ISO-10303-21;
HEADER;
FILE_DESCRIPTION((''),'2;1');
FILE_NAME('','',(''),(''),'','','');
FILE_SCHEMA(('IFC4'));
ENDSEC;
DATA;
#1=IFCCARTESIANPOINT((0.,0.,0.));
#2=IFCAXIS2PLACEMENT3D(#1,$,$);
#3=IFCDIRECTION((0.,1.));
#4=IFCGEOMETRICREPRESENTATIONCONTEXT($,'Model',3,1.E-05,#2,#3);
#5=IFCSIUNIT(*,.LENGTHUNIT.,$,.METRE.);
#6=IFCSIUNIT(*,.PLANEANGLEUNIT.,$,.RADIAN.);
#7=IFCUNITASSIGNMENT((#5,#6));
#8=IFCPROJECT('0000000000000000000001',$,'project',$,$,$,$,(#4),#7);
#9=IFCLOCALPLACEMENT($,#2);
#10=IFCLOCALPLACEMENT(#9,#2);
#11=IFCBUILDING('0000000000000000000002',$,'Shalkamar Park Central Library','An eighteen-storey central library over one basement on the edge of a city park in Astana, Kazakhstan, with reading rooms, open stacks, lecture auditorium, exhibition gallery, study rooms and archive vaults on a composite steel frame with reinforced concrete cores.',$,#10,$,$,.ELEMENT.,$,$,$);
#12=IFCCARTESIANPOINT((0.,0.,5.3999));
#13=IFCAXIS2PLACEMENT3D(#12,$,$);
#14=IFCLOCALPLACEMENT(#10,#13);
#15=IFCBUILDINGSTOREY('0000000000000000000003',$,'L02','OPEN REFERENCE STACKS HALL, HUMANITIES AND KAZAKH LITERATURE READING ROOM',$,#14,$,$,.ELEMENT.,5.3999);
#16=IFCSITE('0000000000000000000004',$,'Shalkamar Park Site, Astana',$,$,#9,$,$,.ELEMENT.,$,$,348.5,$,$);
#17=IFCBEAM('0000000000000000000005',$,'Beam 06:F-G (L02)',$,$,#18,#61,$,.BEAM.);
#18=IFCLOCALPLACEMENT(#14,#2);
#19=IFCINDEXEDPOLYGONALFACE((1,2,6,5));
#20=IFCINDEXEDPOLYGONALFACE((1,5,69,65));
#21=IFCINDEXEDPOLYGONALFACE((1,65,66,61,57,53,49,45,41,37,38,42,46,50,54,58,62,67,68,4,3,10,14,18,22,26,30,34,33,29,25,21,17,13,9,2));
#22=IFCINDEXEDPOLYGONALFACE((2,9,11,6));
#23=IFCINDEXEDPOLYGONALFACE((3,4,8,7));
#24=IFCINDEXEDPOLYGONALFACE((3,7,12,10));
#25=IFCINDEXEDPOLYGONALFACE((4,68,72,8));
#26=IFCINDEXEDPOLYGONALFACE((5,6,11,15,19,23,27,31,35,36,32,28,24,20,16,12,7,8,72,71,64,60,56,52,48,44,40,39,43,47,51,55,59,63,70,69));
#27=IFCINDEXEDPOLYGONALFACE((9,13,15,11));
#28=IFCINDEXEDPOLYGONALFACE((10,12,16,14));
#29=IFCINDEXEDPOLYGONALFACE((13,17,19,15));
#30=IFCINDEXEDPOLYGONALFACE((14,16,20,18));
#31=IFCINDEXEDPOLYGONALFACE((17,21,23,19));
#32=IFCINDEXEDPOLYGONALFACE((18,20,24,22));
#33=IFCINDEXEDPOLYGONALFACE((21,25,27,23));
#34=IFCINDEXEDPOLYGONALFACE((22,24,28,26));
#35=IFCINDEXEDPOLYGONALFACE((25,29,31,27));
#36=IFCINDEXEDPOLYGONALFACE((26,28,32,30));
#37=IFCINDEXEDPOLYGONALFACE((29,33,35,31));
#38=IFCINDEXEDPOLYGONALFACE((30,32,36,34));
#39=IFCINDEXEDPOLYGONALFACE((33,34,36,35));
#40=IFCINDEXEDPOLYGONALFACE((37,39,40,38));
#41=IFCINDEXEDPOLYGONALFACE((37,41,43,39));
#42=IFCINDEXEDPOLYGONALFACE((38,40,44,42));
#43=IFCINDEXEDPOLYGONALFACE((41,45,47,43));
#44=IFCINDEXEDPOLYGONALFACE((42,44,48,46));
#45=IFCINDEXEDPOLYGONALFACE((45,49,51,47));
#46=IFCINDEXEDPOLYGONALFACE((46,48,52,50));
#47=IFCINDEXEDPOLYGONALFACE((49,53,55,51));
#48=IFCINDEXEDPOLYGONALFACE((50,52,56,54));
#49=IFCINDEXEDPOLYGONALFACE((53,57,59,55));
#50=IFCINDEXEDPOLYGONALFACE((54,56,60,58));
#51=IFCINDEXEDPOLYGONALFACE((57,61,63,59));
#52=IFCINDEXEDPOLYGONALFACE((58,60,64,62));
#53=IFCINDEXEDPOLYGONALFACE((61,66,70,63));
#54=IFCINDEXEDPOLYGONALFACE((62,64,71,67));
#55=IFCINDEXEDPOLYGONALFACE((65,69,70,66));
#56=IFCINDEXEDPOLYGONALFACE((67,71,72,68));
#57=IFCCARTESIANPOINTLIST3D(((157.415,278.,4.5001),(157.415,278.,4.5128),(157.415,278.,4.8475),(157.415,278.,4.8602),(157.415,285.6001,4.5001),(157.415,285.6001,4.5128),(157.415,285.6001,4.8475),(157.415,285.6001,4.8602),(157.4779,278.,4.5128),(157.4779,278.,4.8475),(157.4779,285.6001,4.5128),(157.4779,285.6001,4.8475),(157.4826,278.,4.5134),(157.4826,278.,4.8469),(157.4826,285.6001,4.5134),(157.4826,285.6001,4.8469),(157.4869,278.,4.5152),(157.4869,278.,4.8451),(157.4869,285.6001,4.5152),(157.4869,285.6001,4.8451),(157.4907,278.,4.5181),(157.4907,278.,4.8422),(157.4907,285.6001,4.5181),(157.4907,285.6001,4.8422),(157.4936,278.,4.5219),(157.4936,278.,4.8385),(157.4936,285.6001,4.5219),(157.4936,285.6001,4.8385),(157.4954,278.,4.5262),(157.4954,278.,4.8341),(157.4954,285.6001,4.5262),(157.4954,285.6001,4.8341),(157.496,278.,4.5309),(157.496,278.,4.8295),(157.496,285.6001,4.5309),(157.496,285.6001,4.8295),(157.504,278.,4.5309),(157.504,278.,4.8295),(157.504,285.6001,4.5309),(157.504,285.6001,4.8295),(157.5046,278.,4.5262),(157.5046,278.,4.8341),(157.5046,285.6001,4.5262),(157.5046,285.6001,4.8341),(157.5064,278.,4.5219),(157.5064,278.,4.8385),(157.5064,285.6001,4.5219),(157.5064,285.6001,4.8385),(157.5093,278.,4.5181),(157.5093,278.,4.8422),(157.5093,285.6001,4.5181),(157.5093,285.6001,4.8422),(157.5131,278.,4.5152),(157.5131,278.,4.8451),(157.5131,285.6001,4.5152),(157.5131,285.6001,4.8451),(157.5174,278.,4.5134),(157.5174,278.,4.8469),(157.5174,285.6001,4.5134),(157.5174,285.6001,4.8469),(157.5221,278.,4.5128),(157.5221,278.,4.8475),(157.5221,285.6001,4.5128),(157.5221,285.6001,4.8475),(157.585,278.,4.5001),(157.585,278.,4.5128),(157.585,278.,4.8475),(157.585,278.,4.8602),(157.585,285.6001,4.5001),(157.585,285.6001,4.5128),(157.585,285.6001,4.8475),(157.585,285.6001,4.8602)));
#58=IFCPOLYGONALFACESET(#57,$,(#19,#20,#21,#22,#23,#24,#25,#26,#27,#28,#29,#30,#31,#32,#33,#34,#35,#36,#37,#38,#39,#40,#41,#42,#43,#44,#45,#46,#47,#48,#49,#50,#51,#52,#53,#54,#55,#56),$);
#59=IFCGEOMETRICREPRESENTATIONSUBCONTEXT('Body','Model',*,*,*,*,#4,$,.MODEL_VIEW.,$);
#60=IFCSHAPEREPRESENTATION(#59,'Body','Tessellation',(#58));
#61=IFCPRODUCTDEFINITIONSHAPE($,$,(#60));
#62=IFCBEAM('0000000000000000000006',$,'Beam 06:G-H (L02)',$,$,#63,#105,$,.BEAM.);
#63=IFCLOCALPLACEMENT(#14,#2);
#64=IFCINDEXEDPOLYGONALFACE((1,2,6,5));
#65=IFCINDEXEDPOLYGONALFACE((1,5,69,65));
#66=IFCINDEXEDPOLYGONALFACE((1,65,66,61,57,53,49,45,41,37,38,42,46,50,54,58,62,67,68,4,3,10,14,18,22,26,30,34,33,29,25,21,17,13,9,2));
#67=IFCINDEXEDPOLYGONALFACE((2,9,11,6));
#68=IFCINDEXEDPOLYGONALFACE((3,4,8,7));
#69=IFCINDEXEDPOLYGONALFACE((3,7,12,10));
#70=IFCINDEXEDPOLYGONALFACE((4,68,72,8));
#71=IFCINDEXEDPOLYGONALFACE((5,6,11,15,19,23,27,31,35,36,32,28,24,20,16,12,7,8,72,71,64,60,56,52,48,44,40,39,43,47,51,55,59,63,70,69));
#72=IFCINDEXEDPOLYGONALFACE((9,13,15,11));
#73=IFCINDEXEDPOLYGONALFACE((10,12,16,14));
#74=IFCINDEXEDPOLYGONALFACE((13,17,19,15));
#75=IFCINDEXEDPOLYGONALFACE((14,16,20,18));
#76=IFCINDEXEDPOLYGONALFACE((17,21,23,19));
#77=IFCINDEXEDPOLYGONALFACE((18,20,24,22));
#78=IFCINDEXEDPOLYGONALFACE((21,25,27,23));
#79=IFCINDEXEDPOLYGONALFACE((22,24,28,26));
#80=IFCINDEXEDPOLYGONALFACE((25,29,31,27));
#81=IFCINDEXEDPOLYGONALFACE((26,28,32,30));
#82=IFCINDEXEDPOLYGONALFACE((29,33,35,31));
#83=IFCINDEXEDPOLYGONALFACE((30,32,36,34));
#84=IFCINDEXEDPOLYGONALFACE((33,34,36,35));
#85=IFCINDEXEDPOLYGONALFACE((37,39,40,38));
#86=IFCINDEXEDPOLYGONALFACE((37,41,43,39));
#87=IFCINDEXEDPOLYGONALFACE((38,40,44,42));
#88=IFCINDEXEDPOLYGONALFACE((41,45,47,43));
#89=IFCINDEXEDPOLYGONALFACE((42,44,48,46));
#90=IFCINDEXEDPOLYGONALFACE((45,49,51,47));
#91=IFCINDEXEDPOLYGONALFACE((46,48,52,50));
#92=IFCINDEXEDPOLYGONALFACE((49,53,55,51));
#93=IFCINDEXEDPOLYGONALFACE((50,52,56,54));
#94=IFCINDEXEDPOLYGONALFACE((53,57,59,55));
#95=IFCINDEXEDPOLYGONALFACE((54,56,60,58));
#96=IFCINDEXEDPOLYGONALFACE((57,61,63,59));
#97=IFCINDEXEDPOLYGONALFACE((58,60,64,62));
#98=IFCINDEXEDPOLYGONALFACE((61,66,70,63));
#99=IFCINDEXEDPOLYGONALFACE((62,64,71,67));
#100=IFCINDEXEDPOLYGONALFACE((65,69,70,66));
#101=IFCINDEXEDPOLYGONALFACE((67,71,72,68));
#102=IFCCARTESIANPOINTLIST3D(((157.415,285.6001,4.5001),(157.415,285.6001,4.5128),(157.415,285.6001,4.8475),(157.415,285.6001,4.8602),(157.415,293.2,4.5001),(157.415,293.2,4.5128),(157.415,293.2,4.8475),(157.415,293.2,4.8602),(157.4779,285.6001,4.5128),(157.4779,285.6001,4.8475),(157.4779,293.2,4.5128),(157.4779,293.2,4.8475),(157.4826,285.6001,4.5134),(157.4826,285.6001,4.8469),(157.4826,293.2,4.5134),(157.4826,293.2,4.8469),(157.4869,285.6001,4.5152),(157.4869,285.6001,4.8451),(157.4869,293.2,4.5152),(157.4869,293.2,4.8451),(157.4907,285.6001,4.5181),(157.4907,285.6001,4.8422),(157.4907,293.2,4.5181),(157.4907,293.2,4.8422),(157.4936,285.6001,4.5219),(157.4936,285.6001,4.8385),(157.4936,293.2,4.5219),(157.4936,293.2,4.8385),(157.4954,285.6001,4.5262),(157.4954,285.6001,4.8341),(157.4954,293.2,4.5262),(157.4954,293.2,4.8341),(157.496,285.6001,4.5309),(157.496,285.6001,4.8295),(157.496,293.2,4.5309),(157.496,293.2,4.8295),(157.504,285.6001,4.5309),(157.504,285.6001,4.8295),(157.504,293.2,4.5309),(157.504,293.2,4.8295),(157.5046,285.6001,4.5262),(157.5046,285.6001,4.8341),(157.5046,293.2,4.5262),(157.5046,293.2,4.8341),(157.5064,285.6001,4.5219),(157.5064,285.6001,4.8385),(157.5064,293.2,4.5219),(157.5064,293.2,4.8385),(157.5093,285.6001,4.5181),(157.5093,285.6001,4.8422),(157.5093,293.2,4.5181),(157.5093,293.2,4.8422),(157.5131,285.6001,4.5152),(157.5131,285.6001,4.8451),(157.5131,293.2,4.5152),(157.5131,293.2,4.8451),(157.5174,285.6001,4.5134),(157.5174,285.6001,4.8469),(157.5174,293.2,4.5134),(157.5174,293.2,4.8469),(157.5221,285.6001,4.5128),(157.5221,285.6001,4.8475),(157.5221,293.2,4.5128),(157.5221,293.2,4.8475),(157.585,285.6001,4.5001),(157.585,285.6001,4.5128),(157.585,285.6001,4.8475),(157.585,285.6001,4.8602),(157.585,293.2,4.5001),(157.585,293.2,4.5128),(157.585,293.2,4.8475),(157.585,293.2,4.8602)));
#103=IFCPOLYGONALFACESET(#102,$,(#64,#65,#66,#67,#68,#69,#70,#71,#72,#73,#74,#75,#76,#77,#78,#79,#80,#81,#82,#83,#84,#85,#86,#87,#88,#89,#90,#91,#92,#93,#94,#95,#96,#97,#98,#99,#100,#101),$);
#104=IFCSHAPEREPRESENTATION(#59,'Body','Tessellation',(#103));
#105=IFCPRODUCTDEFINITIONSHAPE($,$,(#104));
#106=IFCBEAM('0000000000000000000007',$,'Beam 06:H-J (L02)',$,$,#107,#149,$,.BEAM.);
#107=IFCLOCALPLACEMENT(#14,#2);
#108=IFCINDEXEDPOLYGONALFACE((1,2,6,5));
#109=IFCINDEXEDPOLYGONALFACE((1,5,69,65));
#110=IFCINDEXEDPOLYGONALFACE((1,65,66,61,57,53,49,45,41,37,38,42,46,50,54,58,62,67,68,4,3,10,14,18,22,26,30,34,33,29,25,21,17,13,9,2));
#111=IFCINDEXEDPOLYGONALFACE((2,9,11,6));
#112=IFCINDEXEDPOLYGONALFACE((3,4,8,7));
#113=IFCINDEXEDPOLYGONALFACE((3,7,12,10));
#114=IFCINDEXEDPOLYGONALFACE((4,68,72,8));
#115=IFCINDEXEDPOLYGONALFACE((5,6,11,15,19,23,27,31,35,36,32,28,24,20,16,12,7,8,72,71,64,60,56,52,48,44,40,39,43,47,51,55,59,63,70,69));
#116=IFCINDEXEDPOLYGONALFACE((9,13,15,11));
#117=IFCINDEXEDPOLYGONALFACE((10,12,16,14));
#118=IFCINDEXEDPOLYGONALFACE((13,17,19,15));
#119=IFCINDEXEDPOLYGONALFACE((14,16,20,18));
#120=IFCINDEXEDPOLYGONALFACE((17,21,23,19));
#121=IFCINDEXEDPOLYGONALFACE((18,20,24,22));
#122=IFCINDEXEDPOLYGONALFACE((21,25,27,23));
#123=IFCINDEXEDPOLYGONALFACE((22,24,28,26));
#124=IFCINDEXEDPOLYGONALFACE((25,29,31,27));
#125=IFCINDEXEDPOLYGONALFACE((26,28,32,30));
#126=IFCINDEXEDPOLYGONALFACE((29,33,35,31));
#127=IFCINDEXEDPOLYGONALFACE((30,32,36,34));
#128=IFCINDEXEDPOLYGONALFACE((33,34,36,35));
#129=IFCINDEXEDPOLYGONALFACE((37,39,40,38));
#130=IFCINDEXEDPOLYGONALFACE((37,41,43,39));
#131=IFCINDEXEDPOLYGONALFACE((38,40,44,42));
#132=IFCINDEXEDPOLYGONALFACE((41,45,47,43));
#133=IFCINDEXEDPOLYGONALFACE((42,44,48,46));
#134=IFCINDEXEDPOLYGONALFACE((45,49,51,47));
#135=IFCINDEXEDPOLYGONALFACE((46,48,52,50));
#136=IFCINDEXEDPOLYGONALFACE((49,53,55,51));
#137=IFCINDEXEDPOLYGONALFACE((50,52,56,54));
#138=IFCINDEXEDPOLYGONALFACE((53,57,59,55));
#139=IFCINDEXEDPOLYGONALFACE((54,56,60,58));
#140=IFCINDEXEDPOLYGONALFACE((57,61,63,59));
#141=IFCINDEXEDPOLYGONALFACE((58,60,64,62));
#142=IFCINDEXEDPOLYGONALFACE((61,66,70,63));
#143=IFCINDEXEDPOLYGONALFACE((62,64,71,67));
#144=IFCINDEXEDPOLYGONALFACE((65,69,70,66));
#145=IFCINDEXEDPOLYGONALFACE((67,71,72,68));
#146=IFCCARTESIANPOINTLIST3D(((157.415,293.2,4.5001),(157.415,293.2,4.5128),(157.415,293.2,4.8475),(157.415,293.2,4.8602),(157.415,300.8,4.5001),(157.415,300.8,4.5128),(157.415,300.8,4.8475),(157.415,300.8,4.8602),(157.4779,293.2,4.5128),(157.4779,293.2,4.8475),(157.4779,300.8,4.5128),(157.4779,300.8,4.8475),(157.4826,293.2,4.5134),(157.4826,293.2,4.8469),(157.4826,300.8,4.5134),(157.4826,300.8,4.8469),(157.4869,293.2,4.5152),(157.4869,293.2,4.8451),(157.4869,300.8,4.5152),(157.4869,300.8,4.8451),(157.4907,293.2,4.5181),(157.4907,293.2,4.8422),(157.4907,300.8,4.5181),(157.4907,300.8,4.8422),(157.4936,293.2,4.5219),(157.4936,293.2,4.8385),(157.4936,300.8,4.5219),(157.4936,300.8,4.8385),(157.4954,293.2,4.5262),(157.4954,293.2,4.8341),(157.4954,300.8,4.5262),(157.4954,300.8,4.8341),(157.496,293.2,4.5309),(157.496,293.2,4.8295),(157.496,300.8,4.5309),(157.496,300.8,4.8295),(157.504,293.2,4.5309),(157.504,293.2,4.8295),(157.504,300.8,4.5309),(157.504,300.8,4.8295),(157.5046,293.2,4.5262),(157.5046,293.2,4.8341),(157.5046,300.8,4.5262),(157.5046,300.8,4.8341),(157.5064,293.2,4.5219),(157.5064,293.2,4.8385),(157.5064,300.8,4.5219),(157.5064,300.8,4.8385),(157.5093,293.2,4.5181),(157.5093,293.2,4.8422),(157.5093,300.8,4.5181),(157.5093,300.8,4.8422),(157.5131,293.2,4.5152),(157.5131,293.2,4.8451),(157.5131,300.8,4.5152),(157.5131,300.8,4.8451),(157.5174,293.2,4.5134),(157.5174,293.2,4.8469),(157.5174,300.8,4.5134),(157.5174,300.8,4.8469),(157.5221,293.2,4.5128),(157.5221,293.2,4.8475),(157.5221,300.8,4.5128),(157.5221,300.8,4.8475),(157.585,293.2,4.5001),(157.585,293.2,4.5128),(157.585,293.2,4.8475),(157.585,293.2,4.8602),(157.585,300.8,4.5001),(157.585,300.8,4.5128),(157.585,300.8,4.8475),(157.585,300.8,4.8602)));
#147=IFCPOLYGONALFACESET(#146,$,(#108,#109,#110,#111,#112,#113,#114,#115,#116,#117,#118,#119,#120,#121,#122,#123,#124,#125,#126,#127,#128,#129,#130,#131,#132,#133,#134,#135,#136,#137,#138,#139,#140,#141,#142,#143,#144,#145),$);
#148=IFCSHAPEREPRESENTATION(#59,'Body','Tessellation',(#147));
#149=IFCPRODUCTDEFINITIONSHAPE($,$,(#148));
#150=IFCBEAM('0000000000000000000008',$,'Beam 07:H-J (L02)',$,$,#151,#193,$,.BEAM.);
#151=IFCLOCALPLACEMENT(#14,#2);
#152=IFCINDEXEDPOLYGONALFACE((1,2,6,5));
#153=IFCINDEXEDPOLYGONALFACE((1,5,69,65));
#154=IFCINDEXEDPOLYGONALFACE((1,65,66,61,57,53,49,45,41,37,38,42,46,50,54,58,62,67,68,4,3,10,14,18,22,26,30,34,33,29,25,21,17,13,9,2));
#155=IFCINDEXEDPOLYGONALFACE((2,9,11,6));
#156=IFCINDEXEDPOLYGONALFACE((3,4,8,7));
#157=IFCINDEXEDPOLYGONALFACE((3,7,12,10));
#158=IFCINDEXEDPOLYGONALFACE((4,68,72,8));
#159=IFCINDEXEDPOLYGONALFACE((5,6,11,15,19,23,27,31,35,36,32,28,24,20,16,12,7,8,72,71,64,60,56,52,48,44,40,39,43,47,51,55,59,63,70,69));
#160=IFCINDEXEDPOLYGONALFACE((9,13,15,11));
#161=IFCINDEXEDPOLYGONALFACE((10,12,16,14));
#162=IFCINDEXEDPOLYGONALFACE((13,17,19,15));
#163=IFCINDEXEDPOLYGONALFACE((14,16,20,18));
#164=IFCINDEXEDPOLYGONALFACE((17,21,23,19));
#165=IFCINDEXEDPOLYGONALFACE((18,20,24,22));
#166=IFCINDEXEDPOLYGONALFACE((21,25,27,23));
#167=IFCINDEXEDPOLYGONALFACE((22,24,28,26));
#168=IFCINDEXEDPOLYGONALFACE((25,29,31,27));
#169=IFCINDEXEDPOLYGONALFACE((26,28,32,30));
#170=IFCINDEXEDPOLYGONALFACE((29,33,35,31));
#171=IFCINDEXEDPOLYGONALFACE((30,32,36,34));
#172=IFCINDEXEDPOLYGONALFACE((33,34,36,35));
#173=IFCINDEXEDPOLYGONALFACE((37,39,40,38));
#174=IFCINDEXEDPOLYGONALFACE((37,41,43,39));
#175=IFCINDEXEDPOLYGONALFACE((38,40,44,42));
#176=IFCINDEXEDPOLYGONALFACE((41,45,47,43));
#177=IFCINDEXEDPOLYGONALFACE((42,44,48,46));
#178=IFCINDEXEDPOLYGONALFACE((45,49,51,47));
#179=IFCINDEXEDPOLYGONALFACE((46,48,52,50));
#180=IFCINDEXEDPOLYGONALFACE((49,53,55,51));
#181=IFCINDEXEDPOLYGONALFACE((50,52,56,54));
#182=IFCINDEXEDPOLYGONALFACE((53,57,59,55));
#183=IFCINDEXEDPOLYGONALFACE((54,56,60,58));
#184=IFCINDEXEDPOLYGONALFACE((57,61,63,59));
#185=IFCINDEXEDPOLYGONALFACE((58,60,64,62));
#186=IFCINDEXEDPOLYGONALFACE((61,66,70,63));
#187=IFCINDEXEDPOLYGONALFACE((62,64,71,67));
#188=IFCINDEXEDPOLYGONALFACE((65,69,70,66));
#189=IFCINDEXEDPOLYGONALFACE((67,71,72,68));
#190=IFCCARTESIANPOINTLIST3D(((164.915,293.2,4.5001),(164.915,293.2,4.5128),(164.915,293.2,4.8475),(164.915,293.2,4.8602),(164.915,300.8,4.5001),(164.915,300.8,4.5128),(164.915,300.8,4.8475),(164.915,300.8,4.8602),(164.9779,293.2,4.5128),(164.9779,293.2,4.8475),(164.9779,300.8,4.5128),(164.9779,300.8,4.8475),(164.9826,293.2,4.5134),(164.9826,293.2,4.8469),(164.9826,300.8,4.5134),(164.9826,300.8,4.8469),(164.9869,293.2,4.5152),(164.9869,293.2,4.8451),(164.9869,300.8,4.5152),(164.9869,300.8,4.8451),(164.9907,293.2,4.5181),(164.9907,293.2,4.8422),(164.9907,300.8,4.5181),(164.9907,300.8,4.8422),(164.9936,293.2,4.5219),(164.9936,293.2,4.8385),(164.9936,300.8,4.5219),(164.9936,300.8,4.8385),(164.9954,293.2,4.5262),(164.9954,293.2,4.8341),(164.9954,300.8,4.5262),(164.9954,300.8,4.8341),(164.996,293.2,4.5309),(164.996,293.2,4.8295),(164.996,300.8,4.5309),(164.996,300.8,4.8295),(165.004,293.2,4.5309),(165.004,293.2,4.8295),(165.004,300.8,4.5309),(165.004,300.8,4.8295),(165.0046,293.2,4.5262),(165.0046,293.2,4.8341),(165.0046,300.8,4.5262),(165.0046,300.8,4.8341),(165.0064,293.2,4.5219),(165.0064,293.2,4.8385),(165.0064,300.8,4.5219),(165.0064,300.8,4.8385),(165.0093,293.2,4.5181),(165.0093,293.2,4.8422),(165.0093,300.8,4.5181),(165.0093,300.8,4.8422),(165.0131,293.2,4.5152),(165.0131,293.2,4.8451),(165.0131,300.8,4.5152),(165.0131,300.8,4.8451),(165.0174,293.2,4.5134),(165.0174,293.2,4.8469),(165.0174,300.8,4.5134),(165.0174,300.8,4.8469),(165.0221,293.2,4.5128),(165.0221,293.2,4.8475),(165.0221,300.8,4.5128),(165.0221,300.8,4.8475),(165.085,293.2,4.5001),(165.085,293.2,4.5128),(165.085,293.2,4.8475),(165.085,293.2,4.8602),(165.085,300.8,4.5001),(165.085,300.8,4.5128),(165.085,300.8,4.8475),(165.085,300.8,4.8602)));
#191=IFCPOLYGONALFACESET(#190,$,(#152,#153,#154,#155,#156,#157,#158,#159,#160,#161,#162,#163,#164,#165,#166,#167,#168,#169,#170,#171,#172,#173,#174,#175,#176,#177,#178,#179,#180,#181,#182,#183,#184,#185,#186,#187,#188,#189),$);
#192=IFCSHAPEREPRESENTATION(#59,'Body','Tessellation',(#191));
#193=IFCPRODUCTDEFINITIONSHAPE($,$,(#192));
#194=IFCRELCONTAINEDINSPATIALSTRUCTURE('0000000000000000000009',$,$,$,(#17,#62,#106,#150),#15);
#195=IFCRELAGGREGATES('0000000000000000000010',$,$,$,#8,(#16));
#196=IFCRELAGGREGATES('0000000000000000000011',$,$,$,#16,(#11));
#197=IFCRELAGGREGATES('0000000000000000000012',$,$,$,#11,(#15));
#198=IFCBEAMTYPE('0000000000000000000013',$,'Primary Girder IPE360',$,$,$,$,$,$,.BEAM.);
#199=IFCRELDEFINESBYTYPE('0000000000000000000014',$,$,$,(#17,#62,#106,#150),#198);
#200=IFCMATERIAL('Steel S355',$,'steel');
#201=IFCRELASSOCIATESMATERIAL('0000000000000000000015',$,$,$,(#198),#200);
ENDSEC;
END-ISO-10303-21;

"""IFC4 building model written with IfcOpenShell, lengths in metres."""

from ifc_helpers import new_model, si_unit, direction, frame, origin, origin_2d, place, context, subcontext, project, spatial, i_section, extrude, material, material_profile, profile_set, type_object, element, save


model = new_model("IFC4")

# Units and contexts
model_context = context("Model", 3, precision=1e-05, world=origin(), true_north=direction((0.0, 1.0)))
body_context = subcontext(model_context, "Body", "Model", "MODEL_VIEW")
ifc_project = project(units=[si_unit("LENGTHUNIT", "METRE"), si_unit("PLANEANGLEUNIT", "RADIAN")], contexts=[model_context])

# Site, building, storey
site_placement = place(None, origin())
site = spatial("IfcSite", under=ifc_project, at=site_placement, Name="Shalkamar Park Site, Astana", CompositionType="ELEMENT", RefElevation=348.5)
building_placement = place(site_placement, origin())
building = spatial("IfcBuilding", under=site, at=building_placement, Name="Shalkamar Park Central Library", Description="An eighteen-storey central library over one basement on the edge of a city park in Astana, Kazakhstan, with reading rooms, open stacks, lecture auditorium, exhibition gallery, study rooms and archive vaults on a composite steel frame with reinforced concrete cores.", CompositionType="ELEMENT")
storey_placement = place(building_placement, frame((0.0, 0.0, 5.3999)))
storey = spatial("IfcBuildingStorey", under=building, at=storey_placement, Name="L02", Description="OPEN REFERENCE STACKS HALL, HUMANITIES AND KAZAKH LITERATURE READING ROOM", CompositionType="ELEMENT", Elevation=5.3999)

# Shared definitions
ifc_material = material(Name="Steel S355", Category="steel")

# Beams
ifc_material_profile_1 = material_profile(ifc_material, i_section(OverallWidth=0.1699, OverallDepth=0.3601, WebThickness=0.0081, FlangeThickness=0.0127, FilletRadius=0.0181, at=origin_2d()), Name="IPE 360")
ifc_profile_set_1 = profile_set([ifc_material_profile_1], Name="Steel S355")
beam_type_1 = type_object("IfcBeamType", Name="Primary Girder IPE360", PredefinedType="BEAM", material=ifc_profile_set_1)
beam_1_placement = place(storey_placement, frame((157.5, 278.0, 4.6802), z_axis=(0.0, 1.0, 0.0), x_axis=(-1.0, 0.0, 0.0)))
element("IfcBeam", 1, at=beam_1_placement, inside=storey, type_object=beam_type_1, Name="Beam 06:F-G (L02)", PredefinedType="BEAM", context=body_context, shape_type="SweptSolid", body=[
    extrude(i_section(OverallWidth=0.1699, OverallDepth=0.3601, WebThickness=0.0081, FlangeThickness=0.0127, FilletRadius=0.0181, at=origin_2d()), origin(), (0.0, 0.0, 1.0), 7.6001),
])
beam_2_placement = place(storey_placement, frame((157.5, 285.6001, 4.6802), z_axis=(0.0, 1.0, 0.0), x_axis=(-1.0, 0.0, 0.0)))
element("IfcBeam", 2, at=beam_2_placement, inside=storey, type_object=beam_type_1, Name="Beam 06:G-H (L02)", PredefinedType="BEAM", context=body_context, shape_type="SweptSolid", body=[
    extrude(i_section(OverallWidth=0.1699, OverallDepth=0.3601, WebThickness=0.0081, FlangeThickness=0.0127, FilletRadius=0.0181, at=origin_2d()), origin(), (0.0, 0.0, 1.0), 7.5999),
])
for number, where, z_axis, x_axis, name in (
    (3, (157.5, 293.2, 4.6802), (0.0, 1.0, 0.0), (-1.0, 0.0, 0.0), "Beam 06:H-J (L02)"),
    (4, (165.0, 293.2, 4.6802), (0.0, 1.0, 0.0), (-1.0, 0.0, 0.0), "Beam 07:H-J (L02)"),
):
    element("IfcBeam", number, at=place(storey_placement, frame(where, z_axis=z_axis, x_axis=x_axis)), inside=storey, type_object=beam_type_1, Name=name, PredefinedType="BEAM", context=body_context, shape_type="SweptSolid", body=[
        extrude(i_section(OverallWidth=0.1699, OverallDepth=0.3601, WebThickness=0.0081, FlangeThickness=0.0127, FilletRadius=0.0181, at=origin_2d()), origin(), (0.0, 0.0, 1.0), 7.6001),
    ])

save(model, "model.ifc")
